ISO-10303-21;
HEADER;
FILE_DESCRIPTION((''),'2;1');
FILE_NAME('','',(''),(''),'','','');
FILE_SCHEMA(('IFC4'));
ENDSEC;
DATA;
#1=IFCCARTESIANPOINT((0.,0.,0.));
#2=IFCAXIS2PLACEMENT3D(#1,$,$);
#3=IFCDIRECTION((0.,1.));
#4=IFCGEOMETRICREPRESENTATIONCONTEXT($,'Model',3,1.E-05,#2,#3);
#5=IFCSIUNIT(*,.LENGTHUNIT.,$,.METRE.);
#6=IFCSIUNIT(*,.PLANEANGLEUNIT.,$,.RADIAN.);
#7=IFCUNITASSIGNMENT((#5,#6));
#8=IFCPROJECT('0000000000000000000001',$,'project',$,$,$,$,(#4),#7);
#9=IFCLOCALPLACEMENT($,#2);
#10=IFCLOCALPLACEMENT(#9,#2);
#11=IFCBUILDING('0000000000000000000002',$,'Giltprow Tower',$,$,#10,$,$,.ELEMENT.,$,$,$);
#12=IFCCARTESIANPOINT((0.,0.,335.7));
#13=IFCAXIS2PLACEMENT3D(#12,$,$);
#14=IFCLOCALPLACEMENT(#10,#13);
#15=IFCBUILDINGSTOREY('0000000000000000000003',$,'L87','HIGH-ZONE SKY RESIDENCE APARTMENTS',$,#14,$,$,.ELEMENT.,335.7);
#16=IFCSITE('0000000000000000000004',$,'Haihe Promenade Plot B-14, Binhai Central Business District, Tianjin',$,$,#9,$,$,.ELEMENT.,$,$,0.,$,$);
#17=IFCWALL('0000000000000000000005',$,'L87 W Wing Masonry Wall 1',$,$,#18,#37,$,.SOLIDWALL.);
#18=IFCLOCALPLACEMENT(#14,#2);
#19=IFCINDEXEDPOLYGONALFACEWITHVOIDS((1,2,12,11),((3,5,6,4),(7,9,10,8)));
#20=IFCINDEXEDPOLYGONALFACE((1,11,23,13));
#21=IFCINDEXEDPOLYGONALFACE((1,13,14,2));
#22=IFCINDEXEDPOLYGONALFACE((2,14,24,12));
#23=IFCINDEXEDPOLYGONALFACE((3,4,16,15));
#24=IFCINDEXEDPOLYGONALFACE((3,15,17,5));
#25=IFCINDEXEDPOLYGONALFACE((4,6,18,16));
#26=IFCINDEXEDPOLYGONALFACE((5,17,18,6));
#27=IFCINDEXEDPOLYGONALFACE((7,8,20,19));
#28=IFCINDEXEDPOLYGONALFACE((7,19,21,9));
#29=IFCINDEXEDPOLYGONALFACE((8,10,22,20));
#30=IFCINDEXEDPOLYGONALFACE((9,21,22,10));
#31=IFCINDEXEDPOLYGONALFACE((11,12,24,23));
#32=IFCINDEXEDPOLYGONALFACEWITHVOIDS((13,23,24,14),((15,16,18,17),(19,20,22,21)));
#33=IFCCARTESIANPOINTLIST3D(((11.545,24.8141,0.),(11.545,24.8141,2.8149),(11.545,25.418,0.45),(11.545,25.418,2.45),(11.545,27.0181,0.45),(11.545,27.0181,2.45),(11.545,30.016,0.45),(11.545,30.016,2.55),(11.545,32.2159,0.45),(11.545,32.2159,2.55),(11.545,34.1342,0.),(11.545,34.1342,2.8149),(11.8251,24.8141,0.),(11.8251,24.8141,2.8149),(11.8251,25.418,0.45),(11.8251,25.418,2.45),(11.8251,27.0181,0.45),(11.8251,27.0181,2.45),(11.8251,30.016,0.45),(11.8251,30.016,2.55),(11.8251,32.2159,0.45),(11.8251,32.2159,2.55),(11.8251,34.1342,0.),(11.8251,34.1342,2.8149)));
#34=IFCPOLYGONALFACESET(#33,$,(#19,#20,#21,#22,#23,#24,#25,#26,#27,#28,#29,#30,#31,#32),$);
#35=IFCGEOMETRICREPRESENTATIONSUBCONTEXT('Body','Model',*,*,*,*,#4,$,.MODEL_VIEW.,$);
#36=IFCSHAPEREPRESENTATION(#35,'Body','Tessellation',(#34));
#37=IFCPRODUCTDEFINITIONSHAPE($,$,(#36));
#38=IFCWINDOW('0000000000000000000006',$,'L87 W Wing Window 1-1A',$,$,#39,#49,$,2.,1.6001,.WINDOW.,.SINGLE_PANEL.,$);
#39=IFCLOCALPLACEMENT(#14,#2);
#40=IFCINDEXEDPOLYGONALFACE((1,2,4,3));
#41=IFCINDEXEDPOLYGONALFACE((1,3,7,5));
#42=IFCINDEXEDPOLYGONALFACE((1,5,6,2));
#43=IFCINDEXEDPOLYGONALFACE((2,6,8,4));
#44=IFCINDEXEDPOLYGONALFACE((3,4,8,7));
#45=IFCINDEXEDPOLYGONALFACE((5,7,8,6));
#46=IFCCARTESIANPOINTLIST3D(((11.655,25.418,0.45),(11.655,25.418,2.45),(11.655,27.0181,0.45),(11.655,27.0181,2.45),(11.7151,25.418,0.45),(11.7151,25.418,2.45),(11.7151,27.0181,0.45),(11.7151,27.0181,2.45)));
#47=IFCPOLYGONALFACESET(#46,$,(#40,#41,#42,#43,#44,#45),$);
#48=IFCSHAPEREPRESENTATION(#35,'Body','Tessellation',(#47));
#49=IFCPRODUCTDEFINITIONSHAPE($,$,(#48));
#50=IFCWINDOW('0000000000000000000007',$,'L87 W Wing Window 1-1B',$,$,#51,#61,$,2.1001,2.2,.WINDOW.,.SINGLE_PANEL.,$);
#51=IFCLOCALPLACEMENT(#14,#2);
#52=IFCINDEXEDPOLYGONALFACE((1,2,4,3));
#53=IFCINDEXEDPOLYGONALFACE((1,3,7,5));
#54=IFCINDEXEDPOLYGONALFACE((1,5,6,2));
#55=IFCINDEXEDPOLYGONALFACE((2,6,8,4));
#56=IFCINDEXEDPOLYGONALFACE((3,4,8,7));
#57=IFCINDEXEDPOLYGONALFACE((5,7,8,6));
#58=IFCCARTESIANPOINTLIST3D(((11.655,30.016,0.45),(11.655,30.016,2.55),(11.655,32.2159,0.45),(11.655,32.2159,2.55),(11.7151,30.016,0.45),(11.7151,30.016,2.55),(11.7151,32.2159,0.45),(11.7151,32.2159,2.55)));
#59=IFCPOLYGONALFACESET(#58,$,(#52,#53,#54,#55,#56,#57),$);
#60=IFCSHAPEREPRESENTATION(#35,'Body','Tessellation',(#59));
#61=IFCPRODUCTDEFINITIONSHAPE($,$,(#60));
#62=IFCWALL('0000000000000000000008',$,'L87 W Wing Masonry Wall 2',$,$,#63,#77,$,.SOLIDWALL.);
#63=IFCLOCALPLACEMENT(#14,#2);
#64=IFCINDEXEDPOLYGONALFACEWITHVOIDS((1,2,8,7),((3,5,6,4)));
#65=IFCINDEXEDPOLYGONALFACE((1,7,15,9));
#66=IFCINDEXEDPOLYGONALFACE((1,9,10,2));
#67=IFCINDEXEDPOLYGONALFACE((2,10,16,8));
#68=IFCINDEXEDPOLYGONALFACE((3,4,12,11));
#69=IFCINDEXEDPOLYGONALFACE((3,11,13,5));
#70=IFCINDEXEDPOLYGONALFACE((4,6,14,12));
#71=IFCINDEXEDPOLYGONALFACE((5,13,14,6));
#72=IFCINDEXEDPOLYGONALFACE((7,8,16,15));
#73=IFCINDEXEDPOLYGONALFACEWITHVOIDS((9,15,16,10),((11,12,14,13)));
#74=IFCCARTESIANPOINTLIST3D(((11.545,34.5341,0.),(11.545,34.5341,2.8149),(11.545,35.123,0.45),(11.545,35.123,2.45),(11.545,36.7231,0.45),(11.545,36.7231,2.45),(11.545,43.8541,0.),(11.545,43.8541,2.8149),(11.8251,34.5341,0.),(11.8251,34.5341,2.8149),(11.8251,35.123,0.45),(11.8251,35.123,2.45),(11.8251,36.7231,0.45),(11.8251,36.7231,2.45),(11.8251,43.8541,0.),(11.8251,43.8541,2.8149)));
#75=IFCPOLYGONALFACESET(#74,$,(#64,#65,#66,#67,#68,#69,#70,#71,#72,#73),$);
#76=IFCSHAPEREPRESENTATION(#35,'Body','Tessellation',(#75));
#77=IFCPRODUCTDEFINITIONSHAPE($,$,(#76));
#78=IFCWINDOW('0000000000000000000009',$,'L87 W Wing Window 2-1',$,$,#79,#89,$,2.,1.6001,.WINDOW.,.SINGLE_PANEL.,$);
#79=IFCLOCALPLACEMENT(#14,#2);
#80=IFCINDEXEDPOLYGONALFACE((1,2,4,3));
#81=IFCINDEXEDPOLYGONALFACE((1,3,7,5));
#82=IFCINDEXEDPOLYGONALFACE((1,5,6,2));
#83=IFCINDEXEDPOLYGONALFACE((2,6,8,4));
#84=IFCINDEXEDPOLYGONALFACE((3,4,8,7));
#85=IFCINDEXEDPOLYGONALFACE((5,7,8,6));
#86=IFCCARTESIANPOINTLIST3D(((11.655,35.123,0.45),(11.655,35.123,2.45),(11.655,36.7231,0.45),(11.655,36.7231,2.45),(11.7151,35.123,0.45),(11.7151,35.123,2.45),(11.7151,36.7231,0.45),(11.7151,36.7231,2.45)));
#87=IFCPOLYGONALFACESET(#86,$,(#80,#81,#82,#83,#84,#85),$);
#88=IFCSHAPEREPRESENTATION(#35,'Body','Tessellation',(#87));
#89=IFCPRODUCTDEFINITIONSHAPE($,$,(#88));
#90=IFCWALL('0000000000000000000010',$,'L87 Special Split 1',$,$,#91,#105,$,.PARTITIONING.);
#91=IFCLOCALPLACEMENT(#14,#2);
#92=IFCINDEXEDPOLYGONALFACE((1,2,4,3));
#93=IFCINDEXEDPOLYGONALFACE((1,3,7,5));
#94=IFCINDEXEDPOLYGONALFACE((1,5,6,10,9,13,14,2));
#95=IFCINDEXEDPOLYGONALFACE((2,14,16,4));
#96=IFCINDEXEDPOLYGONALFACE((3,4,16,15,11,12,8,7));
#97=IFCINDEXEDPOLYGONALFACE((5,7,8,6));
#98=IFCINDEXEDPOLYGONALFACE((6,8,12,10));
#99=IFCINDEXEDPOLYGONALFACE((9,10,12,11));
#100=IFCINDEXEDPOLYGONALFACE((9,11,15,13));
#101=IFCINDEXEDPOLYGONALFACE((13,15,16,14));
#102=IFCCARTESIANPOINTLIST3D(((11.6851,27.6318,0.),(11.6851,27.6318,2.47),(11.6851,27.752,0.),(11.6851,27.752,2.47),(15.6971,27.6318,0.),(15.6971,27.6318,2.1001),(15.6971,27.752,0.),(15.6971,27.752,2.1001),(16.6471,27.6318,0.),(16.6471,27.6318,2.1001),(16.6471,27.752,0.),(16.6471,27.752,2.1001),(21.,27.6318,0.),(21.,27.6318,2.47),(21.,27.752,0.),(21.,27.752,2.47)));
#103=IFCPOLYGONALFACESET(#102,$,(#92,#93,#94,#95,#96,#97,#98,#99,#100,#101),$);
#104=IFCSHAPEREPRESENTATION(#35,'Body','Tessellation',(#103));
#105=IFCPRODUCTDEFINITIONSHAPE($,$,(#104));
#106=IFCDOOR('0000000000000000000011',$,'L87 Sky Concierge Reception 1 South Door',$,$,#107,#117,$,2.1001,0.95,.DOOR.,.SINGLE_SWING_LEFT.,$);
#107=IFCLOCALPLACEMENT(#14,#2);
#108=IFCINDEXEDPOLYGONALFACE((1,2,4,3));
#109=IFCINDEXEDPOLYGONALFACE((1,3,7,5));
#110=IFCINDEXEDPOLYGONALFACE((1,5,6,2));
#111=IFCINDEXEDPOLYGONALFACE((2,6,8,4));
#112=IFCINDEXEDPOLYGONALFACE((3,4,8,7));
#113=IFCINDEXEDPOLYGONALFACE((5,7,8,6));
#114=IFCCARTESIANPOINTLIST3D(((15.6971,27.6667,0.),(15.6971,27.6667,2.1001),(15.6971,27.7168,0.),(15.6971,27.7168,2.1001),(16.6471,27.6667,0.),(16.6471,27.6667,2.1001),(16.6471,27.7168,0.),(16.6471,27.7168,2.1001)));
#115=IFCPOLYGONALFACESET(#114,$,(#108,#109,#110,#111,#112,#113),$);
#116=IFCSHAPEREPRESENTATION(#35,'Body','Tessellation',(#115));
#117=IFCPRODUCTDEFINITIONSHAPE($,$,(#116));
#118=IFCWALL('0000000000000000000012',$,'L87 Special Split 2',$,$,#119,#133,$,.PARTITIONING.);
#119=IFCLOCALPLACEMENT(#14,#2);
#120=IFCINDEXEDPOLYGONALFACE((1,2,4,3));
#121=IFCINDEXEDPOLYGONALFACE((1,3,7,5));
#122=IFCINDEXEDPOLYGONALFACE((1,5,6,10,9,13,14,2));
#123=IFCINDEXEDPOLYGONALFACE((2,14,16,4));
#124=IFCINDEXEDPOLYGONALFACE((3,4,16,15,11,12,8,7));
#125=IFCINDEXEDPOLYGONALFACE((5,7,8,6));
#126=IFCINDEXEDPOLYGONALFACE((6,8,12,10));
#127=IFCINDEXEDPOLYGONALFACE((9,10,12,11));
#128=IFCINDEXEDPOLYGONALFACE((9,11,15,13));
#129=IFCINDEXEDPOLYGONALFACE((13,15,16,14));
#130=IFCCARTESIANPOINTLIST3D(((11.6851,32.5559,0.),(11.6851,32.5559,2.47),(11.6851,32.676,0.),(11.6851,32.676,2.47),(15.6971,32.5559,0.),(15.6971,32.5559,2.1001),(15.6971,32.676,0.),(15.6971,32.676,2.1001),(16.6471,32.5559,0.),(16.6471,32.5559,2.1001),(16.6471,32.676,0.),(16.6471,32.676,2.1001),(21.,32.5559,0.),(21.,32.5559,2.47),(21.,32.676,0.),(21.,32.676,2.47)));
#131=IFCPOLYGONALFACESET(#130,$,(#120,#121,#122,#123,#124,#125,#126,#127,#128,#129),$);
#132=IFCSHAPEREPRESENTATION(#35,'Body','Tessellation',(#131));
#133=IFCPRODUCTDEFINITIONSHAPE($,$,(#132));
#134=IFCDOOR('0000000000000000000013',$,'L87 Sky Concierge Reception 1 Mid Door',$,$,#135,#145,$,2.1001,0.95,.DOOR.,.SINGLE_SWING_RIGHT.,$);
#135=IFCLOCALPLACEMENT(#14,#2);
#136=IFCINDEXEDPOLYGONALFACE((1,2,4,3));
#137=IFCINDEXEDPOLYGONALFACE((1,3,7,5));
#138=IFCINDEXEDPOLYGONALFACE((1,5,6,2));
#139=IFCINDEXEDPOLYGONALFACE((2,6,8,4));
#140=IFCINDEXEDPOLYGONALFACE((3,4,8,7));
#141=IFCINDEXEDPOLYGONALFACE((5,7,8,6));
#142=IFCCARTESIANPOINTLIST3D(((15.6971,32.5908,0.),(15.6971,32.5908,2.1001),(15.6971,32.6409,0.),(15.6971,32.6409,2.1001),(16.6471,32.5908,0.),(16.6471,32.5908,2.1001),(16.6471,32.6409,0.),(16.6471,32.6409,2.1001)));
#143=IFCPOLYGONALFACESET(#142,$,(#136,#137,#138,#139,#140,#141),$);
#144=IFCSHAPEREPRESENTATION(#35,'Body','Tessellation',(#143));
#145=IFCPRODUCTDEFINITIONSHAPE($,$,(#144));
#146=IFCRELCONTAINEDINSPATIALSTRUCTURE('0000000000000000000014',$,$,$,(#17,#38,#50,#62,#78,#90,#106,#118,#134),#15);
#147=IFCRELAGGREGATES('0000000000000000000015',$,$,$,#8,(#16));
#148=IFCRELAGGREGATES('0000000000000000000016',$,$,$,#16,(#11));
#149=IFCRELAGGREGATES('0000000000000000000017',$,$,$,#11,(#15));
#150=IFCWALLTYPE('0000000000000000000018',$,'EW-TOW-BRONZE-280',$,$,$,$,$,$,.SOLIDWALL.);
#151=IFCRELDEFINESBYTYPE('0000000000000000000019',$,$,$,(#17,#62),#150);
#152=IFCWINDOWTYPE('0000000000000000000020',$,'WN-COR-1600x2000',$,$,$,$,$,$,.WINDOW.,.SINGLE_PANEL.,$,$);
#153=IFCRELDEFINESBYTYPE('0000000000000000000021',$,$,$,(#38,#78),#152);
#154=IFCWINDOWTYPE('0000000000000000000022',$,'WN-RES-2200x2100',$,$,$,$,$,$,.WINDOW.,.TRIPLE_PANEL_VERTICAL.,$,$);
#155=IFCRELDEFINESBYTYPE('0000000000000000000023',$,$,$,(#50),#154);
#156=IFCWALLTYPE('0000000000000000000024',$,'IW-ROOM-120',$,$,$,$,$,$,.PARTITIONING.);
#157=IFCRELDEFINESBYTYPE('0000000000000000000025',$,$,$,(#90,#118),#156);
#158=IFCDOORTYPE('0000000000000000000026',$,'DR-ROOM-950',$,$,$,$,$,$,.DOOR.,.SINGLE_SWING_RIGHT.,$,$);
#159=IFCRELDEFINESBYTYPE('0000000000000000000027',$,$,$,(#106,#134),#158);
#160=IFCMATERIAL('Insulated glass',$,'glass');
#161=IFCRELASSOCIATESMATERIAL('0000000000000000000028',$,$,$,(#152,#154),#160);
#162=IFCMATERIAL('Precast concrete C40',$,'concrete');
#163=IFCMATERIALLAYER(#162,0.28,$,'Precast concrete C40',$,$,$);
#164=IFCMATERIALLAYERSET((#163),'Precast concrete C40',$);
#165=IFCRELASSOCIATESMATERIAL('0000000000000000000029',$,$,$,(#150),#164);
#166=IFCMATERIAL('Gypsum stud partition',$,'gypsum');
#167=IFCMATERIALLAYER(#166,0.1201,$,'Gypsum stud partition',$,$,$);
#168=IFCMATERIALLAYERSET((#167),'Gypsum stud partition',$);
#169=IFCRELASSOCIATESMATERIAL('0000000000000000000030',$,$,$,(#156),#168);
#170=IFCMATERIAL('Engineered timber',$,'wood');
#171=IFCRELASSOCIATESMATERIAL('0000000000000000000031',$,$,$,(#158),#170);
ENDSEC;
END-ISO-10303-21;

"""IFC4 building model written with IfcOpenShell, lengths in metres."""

from ifc_helpers import new_model, si_unit, direction, frame, frame_2d, origin, place, context, subcontext, project, spatial, rectangle, extrude, source, transform, mapped, material, layer, layer_set, type_object, element, fill, save


model = new_model("IFC4")

# Units and contexts
model_context = context("Model", 3, precision=1e-05, world=origin(), true_north=direction((0.0, 1.0)))
body_context = subcontext(model_context, "Body", "Model", "MODEL_VIEW")
ifc_project = project(units=[si_unit("LENGTHUNIT", "METRE"), si_unit("PLANEANGLEUNIT", "RADIAN")], contexts=[model_context])

# Site, building, storey
site_placement = place(None, origin())
site = spatial("IfcSite", under=ifc_project, at=site_placement, Name="Haihe Promenade Plot B-14, Binhai Central Business District, Tianjin", CompositionType="ELEMENT", RefElevation=0.0)
building_placement = place(site_placement, origin())
building = spatial("IfcBuilding", under=site, at=building_placement, Name="Giltprow Tower", CompositionType="ELEMENT")
storey_placement = place(building_placement, frame((0.0, 0.0, 335.7)))
storey = spatial("IfcBuildingStorey", under=building, at=storey_placement, Name="L87", Description="HIGH-ZONE SKY RESIDENCE APARTMENTS", CompositionType="ELEMENT", Elevation=335.7)

# Shared definitions
ifc_material_1 = material(Name="Precast concrete C40", Category="concrete")
ifc_material_2 = material(Name="Insulated glass", Category="glass")
window_type_1 = type_object("IfcWindowType", Name="WN-COR-1600x2000", PartitioningType="SINGLE_PANEL", PredefinedType="WINDOW", material=ifc_material_2)
shared_shape_1 = source(origin(), body_context, "Body", "SweptSolid", [
    extrude(rectangle(XDim=1.6001, YDim=2.0, at=frame_2d((0.8, 1.0))), frame((0.0, 0.03, 0.0), z_axis=(0.0, -1.0, 0.0), x_axis=(1.0, 0.0, 0.0)), (0.0, 0.0, 1.0), 0.0601),
])

# Wall, openings, windows
ifc_layer_1 = layer(ifc_material_1, 0.28, Name="Precast concrete C40")
ifc_layer_set_1 = layer_set([ifc_layer_1], Name="Precast concrete C40")
wall_type_1 = type_object("IfcWallType", Name="EW-TOW-BRONZE-280", PredefinedType="SOLIDWALL", material=ifc_layer_set_1)
wall_1_placement = place(storey_placement, frame((11.6851, 24.814, 0.0), z_axis=(0.0, 0.0, 1.0), x_axis=(0.0, 1.0, 0.0)))
wall_1 = element("IfcWall", 1, at=wall_1_placement, inside=storey, type_object=wall_type_1, Name="L87 W Wing Masonry Wall 1", PredefinedType="SOLIDWALL", context=body_context, shape_type="SweptSolid", body=[
    extrude(rectangle(XDim=9.3201, YDim=0.28, at=frame_2d((4.6602, 0.0))), origin(), (0.0, 0.0, 1.0), 2.8149),
])
opening_1_placement = place(wall_1_placement, frame((0.604, 0.0, 0.45)))
opening_1 = element("IfcOpeningElement", 2, at=opening_1_placement, cuts=wall_1, PredefinedType="OPENING", context=body_context, shape_type="SweptSolid", body=[
    extrude(rectangle(XDim=1.6001, YDim=2.0, at=frame_2d((0.8, 1.0))), frame((0.0, 0.1499, 0.0), z_axis=(0.0, -1.0, 0.0), x_axis=(1.0, 0.0, 0.0)), (0.0, 0.0, 1.0), 0.3),
])
opening_2_placement = place(wall_1_placement, frame((5.2019, 0.0, 0.45)))
opening_2 = element("IfcOpeningElement", 3, at=opening_2_placement, cuts=wall_1, PredefinedType="OPENING", context=body_context, shape_type="SweptSolid", body=[
    extrude(rectangle(XDim=2.2, YDim=2.1001, at=frame_2d((1.1001, 1.05))), frame((0.0, 0.1499, 0.0), z_axis=(0.0, -1.0, 0.0), x_axis=(1.0, 0.0, 0.0)), (0.0, 0.0, 1.0), 0.3),
])
window_1_placement = place(opening_1_placement, origin())
window_1 = element("IfcWindow", 4, at=window_1_placement, inside=storey, type_object=window_type_1, Name="L87 W Wing Window 1-1A", OverallHeight=2.0, OverallWidth=1.6001, PartitioningType="SINGLE_PANEL", PredefinedType="WINDOW", context=body_context, shape_type="MappedRepresentation", body=[
    mapped(shared_shape_1, transform((0.0, 0.0, 0.0), x_axis=(1.0, 0.0, 0.0), y_axis=(0.0, 1.0, 0.0), z_axis=(0.0, 0.0, 1.0), scale=1.0)),
])
fill(opening_1, window_1)
window_type_2 = type_object("IfcWindowType", Name="WN-RES-2200x2100", PartitioningType="TRIPLE_PANEL_VERTICAL", PredefinedType="WINDOW", material=ifc_material_2)
shared_shape_2 = source(origin(), body_context, "Body", "SweptSolid", [
    extrude(rectangle(XDim=2.2, YDim=2.1001, at=frame_2d((1.1001, 1.05))), frame((0.0, 0.03, 0.0), z_axis=(0.0, -1.0, 0.0), x_axis=(1.0, 0.0, 0.0)), (0.0, 0.0, 1.0), 0.0601),
])
window_2_placement = place(opening_2_placement, origin())
window_2 = element("IfcWindow", 5, at=window_2_placement, inside=storey, type_object=window_type_2, Name="L87 W Wing Window 1-1B", OverallHeight=2.1001, OverallWidth=2.2, PartitioningType="SINGLE_PANEL", PredefinedType="WINDOW", context=body_context, shape_type="MappedRepresentation", body=[
    mapped(shared_shape_2, transform((0.0, 0.0, 0.0), x_axis=(1.0, 0.0, 0.0), y_axis=(0.0, 1.0, 0.0), z_axis=(0.0, 0.0, 1.0), scale=1.0)),
])
fill(opening_2, window_2)

# Wall, opening, window
wall_2_placement = place(storey_placement, frame((11.6851, 34.5339, 0.0), z_axis=(0.0, 0.0, 1.0), x_axis=(0.0, 1.0, 0.0)))
wall_2 = element("IfcWall", 6, at=wall_2_placement, inside=storey, type_object=wall_type_1, Name="L87 W Wing Masonry Wall 2", PredefinedType="SOLIDWALL", context=body_context, shape_type="SweptSolid", body=[
    extrude(rectangle(XDim=9.3201, YDim=0.28, at=frame_2d((4.6602, 0.0))), origin(), (0.0, 0.0, 1.0), 2.8149),
])
opening_3_placement = place(wall_2_placement, frame((0.5891, 0.0, 0.45)))
opening_3 = element("IfcOpeningElement", 7, at=opening_3_placement, cuts=wall_2, PredefinedType="OPENING", context=body_context, shape_type="SweptSolid", body=[
    extrude(rectangle(XDim=1.6001, YDim=2.0, at=frame_2d((0.8, 1.0))), frame((0.0, 0.1499, 0.0), z_axis=(0.0, -1.0, 0.0), x_axis=(1.0, 0.0, 0.0)), (0.0, 0.0, 1.0), 0.3),
])
window_3_placement = place(opening_3_placement, origin())
window_3 = element("IfcWindow", 8, at=window_3_placement, inside=storey, type_object=window_type_1, Name="L87 W Wing Window 2-1", OverallHeight=2.0, OverallWidth=1.6001, PartitioningType="SINGLE_PANEL", PredefinedType="WINDOW", context=body_context, shape_type="MappedRepresentation", body=[
    mapped(shared_shape_1, transform((0.0, 0.0, 0.0), x_axis=(1.0, 0.0, 0.0), y_axis=(0.0, 1.0, 0.0), z_axis=(0.0, 0.0, 1.0), scale=1.0)),
])
fill(opening_3, window_3)

# Walls, openings, doors
ifc_material_3 = material(Name="Gypsum stud partition", Category="gypsum")
ifc_layer_2 = layer(ifc_material_3, 0.1201, Name="Gypsum stud partition")
ifc_layer_set_2 = layer_set([ifc_layer_2], Name="Gypsum stud partition")
wall_type_2 = type_object("IfcWallType", Name="IW-ROOM-120", PredefinedType="PARTITIONING", material=ifc_layer_set_2)
wall_3_placement = place(storey_placement, frame((11.6851, 27.6919, 0.0), z_axis=(0.0, 0.0, 1.0), x_axis=(1.0, 0.0, 0.0)))
wall_3 = element("IfcWall", 9, at=wall_3_placement, inside=storey, type_object=wall_type_2, Name="L87 Special Split 1", PredefinedType="PARTITIONING", context=body_context, shape_type="SweptSolid", body=[
    extrude(rectangle(XDim=9.3149, YDim=0.1201, at=frame_2d((4.6575, 0.0))), origin(), (0.0, 0.0, 1.0), 2.47),
])
opening_4_placement = place(wall_3_placement, frame((4.012, 0.0, 0.0)))
opening_4 = element("IfcOpeningElement", 10, at=opening_4_placement, cuts=wall_3, PredefinedType="OPENING", context=body_context, shape_type="SweptSolid", body=[
    extrude(rectangle(XDim=0.95, YDim=2.1001, at=frame_2d((0.4751, 1.05))), frame((0.0, 0.0701, 0.0), z_axis=(0.0, -1.0, 0.0), x_axis=(1.0, 0.0, 0.0)), (0.0, 0.0, 1.0), 0.1401),
])
ifc_material_4 = material(Name="Engineered timber", Category="wood")
door_type = type_object("IfcDoorType", Name="DR-ROOM-950", OperationType="SINGLE_SWING_RIGHT", PredefinedType="DOOR", material=ifc_material_4)
shared_shape_3 = source(origin(), body_context, "Body", "SweptSolid", [
    extrude(rectangle(XDim=0.95, YDim=2.1001, at=frame_2d((0.4751, 1.05))), frame((0.0, 0.0249, 0.0), z_axis=(0.0, -1.0, 0.0), x_axis=(1.0, 0.0, 0.0)), (0.0, 0.0, 1.0), 0.05),
])
door_1_placement = place(opening_4_placement, origin())
door_1 = element("IfcDoor", 11, at=door_1_placement, inside=storey, type_object=door_type, Name="L87 Sky Concierge Reception 1 South Door", OperationType="SINGLE_SWING_LEFT", OverallHeight=2.1001, OverallWidth=0.95, PredefinedType="DOOR", context=body_context, shape_type="MappedRepresentation", body=[
    mapped(shared_shape_3, transform((0.0, 0.0, 0.0), x_axis=(1.0, 0.0, 0.0), y_axis=(0.0, 1.0, 0.0), z_axis=(0.0, 0.0, 1.0), scale=1.0)),
])
fill(opening_4, door_1)
wall_4_placement = place(storey_placement, frame((11.6851, 32.616, 0.0), z_axis=(0.0, 0.0, 1.0), x_axis=(1.0, 0.0, 0.0)))
wall_4 = element("IfcWall", 12, at=wall_4_placement, inside=storey, type_object=wall_type_2, Name="L87 Special Split 2", PredefinedType="PARTITIONING", context=body_context, shape_type="SweptSolid", body=[
    extrude(rectangle(XDim=9.3149, YDim=0.1201, at=frame_2d((4.6575, 0.0))), origin(), (0.0, 0.0, 1.0), 2.47),
])
opening_5_placement = place(wall_4_placement, frame((4.012, 0.0, 0.0)))
opening_5 = element("IfcOpeningElement", 13, at=opening_5_placement, cuts=wall_4, PredefinedType="OPENING", context=body_context, shape_type="SweptSolid", body=[
    extrude(rectangle(XDim=0.95, YDim=2.1001, at=frame_2d((0.4751, 1.05))), frame((0.0, 0.0701, 0.0), z_axis=(0.0, -1.0, 0.0), x_axis=(1.0, 0.0, 0.0)), (0.0, 0.0, 1.0), 0.1401),
])
door_2_placement = place(opening_5_placement, origin())
door_2 = element("IfcDoor", 14, at=door_2_placement, inside=storey, type_object=door_type, Name="L87 Sky Concierge Reception 1 Mid Door", OperationType="SINGLE_SWING_RIGHT", OverallHeight=2.1001, OverallWidth=0.95, PredefinedType="DOOR", context=body_context, shape_type="MappedRepresentation", body=[
    mapped(shared_shape_3, transform((0.0, 0.0, 0.0), x_axis=(1.0, 0.0, 0.0), y_axis=(0.0, 1.0, 0.0), z_axis=(0.0, 0.0, 1.0), scale=1.0)),
])
fill(opening_5, door_2)

save(model, "model.ifc")
